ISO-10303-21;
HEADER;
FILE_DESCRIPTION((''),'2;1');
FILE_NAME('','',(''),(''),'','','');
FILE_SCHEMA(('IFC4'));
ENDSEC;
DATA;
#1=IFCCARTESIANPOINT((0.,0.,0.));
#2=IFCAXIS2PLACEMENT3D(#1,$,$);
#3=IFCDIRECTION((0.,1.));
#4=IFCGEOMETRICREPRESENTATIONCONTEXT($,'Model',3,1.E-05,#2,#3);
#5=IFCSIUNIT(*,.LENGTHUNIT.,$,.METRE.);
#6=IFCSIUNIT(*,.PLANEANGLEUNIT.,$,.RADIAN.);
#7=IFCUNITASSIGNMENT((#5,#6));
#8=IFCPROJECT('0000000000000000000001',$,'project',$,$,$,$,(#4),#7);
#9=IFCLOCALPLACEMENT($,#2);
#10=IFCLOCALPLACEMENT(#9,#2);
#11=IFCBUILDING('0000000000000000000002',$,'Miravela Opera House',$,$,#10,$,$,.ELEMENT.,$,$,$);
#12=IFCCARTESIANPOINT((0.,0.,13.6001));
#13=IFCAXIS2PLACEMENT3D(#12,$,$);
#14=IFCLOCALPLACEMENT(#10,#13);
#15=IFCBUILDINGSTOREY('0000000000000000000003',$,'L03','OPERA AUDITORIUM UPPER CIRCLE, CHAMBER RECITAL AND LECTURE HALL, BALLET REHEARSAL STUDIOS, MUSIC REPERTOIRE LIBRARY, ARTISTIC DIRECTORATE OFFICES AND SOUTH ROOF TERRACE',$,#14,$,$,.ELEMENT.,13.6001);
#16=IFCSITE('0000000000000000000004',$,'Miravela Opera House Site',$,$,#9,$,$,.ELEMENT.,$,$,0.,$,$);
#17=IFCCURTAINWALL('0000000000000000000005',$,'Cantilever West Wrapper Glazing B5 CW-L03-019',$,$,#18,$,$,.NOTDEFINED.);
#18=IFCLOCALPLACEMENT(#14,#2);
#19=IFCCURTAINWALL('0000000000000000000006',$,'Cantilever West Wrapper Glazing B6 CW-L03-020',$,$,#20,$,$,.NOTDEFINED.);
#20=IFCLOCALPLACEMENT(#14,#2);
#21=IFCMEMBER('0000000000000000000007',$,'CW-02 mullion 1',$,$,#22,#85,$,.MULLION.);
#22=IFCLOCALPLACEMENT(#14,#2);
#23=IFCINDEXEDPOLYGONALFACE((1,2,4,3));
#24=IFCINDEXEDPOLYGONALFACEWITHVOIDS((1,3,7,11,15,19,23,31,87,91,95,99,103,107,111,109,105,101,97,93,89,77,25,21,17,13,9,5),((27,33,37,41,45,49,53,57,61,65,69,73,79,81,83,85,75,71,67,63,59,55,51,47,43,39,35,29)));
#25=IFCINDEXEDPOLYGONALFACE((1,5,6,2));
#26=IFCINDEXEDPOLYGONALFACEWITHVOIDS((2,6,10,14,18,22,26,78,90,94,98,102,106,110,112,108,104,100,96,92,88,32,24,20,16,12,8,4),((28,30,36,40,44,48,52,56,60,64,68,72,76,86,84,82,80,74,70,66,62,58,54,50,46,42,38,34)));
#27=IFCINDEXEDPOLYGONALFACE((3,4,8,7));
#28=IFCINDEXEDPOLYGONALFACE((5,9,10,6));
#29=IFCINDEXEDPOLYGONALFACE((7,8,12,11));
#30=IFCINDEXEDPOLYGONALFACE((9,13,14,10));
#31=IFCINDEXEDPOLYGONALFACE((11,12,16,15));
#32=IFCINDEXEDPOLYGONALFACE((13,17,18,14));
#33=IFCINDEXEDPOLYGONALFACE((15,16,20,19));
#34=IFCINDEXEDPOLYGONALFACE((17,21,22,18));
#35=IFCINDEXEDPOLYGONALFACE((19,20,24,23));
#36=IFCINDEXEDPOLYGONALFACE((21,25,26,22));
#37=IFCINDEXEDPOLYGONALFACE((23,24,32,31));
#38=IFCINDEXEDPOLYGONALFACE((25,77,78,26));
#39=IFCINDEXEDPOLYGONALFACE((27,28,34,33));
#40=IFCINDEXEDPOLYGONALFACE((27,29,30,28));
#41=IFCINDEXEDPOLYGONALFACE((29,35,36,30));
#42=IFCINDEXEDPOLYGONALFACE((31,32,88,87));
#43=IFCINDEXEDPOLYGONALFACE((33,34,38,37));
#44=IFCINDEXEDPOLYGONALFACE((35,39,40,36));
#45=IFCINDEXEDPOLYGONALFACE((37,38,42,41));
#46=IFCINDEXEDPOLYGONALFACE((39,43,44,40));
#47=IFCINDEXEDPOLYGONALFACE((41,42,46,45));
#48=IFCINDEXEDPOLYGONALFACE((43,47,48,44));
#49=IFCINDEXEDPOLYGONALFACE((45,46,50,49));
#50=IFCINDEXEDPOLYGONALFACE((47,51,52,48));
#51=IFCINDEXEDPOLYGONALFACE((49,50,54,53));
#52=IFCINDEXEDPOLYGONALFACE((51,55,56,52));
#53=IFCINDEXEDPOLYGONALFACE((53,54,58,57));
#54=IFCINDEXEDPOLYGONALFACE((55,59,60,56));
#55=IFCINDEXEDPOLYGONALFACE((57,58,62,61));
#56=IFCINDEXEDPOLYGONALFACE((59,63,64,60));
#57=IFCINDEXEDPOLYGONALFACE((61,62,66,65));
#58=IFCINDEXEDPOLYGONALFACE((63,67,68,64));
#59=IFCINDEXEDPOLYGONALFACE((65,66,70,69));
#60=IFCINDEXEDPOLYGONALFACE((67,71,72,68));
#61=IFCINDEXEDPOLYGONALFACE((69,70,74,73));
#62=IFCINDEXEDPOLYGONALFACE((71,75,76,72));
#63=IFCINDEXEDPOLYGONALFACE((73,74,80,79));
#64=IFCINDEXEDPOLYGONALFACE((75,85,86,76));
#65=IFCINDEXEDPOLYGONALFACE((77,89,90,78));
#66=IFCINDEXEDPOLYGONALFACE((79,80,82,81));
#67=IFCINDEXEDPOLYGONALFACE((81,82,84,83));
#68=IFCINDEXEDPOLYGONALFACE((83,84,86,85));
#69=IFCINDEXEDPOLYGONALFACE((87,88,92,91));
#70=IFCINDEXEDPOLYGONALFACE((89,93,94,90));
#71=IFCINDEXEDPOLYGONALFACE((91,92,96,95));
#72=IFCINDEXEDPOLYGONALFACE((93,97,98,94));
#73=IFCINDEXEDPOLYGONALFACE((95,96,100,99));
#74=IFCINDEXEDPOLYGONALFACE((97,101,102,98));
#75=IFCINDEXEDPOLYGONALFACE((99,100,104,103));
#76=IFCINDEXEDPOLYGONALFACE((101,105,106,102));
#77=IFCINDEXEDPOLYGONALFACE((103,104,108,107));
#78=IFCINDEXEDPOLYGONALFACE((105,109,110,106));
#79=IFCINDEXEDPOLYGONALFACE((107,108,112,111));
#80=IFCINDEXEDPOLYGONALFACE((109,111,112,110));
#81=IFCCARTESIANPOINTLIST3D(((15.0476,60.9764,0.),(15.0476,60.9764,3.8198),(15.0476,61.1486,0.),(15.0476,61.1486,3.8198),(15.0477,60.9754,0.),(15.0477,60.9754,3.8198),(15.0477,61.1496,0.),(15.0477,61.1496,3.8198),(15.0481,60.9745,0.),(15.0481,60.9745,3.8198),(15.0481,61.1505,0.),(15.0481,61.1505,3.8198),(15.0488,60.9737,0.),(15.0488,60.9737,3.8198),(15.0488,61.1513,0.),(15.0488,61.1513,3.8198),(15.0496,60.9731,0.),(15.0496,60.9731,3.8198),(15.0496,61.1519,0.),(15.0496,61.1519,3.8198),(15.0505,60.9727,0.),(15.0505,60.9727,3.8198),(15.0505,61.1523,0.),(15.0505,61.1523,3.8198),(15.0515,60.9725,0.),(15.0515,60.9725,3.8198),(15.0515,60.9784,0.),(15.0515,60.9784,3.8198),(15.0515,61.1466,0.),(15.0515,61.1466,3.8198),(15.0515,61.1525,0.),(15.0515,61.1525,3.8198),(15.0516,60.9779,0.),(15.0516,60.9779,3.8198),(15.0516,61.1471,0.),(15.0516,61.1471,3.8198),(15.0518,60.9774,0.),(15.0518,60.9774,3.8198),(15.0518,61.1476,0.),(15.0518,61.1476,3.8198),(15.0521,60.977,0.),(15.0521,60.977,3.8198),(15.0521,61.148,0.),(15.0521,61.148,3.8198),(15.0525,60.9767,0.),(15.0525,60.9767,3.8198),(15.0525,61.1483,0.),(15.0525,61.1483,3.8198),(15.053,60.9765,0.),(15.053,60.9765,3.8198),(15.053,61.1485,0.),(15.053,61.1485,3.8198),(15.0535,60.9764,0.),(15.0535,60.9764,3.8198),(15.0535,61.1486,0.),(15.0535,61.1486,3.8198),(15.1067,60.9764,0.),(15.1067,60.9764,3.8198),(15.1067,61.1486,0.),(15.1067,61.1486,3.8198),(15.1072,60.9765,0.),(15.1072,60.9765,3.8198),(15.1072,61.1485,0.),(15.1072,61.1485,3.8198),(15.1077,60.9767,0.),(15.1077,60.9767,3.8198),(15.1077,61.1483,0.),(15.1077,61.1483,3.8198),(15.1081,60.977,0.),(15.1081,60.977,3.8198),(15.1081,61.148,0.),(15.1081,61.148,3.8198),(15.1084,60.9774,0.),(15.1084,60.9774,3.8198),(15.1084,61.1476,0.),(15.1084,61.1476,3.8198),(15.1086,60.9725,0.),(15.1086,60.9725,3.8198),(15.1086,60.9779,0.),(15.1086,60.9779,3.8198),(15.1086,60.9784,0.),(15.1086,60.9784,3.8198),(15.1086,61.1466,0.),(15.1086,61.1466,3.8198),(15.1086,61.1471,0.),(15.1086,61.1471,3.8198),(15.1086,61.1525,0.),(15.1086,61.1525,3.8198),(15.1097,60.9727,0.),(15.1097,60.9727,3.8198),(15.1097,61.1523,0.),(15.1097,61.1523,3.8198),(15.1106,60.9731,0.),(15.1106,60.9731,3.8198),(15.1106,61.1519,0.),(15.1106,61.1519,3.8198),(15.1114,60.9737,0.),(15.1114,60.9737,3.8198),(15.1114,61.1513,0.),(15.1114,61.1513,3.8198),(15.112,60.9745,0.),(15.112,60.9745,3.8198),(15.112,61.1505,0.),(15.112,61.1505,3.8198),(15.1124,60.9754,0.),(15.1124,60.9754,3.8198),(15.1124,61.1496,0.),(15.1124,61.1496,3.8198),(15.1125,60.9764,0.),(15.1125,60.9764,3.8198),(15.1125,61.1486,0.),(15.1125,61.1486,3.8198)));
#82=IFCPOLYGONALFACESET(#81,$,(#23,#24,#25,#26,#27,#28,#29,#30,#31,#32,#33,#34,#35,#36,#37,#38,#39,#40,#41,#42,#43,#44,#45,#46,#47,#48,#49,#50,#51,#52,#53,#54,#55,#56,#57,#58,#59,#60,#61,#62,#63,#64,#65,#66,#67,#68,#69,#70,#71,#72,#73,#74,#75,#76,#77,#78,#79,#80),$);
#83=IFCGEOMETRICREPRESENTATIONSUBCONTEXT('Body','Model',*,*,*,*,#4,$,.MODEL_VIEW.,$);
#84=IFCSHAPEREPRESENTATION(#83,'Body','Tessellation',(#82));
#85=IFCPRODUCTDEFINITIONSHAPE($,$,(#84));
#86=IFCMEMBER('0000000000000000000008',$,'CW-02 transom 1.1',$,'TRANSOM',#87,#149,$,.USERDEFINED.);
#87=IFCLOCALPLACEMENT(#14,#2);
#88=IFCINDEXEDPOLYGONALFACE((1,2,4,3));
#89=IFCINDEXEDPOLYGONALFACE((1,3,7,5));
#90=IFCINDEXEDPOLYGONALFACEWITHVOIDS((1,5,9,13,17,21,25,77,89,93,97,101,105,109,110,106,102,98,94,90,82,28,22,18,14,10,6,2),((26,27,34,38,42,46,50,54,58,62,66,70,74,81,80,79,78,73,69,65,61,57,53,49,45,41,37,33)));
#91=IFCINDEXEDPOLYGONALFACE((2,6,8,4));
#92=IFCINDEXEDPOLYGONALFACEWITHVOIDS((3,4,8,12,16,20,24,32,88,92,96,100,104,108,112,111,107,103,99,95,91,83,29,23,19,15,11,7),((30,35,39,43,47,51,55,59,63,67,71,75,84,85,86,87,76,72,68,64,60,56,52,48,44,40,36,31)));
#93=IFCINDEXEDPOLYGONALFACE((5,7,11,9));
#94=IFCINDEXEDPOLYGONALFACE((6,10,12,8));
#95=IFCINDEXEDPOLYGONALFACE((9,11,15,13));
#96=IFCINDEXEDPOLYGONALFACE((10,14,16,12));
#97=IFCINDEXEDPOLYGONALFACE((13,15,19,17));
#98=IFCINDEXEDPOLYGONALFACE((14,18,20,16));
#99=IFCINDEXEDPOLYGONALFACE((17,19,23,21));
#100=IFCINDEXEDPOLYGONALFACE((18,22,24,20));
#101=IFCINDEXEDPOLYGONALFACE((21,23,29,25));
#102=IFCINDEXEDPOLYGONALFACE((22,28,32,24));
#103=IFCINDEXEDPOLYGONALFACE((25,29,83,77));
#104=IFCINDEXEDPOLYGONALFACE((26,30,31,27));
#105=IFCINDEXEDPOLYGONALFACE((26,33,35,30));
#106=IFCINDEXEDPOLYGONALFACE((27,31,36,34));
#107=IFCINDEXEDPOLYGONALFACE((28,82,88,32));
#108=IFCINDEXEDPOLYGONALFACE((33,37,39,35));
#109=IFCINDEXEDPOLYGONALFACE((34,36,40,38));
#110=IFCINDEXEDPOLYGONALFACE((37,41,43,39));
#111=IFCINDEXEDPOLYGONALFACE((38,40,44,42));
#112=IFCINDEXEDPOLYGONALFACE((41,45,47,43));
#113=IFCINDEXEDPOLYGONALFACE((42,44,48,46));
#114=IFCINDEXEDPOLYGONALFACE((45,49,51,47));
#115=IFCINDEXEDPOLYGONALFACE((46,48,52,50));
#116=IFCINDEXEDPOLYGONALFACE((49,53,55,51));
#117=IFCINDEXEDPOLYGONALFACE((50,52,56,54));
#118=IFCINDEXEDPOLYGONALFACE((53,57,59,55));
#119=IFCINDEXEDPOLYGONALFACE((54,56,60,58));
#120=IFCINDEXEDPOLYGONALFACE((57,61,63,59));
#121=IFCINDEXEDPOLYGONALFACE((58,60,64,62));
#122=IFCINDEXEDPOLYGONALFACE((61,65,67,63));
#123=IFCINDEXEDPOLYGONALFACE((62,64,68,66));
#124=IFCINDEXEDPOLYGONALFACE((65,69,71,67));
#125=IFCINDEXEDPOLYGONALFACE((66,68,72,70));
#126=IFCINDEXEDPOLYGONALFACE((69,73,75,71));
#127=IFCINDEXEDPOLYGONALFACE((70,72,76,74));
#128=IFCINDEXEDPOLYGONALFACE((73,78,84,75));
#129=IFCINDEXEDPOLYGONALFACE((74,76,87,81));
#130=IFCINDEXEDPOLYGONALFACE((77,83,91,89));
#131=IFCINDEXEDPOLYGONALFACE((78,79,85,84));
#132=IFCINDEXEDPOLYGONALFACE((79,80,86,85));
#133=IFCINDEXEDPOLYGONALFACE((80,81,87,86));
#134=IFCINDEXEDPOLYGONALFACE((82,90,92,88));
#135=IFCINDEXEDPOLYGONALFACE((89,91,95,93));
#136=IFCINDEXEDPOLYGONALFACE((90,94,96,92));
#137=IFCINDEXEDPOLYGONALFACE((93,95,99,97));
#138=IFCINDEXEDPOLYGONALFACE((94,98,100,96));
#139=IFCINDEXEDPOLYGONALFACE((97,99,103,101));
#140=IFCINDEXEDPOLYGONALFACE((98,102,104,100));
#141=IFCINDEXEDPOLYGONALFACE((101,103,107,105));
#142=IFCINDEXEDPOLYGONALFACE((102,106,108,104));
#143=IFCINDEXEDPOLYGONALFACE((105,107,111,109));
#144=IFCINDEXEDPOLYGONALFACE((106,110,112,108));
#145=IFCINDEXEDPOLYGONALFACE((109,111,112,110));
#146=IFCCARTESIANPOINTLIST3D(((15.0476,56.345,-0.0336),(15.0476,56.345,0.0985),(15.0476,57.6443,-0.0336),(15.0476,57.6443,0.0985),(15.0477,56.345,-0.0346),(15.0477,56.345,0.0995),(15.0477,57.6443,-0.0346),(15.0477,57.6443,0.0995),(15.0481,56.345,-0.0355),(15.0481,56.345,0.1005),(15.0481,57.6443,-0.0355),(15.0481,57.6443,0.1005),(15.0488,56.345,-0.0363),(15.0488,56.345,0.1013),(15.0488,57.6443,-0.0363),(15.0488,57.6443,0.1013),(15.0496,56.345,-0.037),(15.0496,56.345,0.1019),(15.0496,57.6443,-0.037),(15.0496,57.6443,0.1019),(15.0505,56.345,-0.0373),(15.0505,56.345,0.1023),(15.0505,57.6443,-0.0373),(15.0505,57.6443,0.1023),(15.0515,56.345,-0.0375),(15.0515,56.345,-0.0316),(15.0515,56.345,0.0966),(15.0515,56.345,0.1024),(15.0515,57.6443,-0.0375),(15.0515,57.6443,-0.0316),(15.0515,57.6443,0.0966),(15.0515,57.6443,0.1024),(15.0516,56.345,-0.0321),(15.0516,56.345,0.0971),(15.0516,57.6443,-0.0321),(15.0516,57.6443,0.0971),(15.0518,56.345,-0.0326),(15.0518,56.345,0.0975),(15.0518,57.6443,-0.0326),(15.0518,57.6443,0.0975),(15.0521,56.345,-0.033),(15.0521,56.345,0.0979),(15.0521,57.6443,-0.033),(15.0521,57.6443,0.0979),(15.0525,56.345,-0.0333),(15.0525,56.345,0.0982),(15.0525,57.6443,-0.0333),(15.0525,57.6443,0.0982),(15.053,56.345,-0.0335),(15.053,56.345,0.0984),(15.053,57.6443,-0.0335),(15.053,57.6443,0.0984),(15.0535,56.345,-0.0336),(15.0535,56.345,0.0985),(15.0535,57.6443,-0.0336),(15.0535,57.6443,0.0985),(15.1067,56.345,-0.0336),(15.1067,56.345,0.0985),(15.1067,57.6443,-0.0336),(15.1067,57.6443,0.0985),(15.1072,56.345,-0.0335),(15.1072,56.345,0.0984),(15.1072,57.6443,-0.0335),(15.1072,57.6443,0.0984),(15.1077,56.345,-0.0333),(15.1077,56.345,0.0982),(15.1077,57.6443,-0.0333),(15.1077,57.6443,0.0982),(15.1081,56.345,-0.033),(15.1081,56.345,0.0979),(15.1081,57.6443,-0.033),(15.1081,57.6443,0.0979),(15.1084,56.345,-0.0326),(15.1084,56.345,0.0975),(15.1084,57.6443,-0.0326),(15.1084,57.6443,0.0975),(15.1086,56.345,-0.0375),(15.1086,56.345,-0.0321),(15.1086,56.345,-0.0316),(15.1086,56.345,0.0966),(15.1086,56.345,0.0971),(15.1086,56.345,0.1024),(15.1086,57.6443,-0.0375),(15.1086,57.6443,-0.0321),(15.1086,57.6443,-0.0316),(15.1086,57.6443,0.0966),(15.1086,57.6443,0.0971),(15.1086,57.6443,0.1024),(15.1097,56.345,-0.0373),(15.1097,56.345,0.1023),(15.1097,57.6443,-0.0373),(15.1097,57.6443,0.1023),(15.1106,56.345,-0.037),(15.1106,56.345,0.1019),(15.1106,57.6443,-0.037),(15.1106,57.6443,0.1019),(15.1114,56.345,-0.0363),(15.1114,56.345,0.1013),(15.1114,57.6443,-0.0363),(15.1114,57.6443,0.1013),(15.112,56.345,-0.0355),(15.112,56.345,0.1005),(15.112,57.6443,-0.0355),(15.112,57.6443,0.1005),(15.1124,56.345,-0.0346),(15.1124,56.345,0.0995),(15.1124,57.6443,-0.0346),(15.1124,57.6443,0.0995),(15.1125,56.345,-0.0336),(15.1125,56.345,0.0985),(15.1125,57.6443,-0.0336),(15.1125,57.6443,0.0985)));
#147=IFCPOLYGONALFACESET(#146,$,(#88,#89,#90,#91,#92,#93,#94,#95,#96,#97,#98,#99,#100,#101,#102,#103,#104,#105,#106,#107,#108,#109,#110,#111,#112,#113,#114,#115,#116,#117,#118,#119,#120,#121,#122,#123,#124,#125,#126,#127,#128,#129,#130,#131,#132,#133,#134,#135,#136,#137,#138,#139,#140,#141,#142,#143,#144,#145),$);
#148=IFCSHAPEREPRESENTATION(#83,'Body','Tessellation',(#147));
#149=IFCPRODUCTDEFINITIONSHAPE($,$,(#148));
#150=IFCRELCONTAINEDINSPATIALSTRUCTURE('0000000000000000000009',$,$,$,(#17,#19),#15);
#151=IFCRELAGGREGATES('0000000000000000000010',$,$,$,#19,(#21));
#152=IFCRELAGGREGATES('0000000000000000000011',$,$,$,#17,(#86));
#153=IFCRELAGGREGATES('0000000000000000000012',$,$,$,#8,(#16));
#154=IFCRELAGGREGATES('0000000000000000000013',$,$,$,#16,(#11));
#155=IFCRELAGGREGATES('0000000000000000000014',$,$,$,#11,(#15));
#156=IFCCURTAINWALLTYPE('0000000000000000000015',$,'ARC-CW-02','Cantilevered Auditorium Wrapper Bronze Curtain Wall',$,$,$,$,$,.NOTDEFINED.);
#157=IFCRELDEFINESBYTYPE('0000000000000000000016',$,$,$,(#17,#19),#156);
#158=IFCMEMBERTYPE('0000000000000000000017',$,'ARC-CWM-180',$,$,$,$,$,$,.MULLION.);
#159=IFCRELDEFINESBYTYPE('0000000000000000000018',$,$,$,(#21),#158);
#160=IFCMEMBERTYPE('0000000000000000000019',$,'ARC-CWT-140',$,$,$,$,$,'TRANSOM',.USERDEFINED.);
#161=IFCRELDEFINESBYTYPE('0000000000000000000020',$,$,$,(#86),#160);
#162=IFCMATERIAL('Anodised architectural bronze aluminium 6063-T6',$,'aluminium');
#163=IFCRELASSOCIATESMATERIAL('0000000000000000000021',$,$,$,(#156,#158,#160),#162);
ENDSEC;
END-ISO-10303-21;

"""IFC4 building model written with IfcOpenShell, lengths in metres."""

from ifc_helpers import new_model, si_unit, direction, frame, origin, origin_2d, place, context, subcontext, project, spatial, hollow_rectangle, extrude, material, material_profile, profile_set, type_object, element, aggregate, save


model = new_model("IFC4")

# Units and contexts
model_context = context("Model", 3, precision=1e-05, world=origin(), true_north=direction((0.0, 1.0)))
body_context = subcontext(model_context, "Body", "Model", "MODEL_VIEW")
ifc_project = project(units=[si_unit("LENGTHUNIT", "METRE"), si_unit("PLANEANGLEUNIT", "RADIAN")], contexts=[model_context])

# Site, building, storey
site_placement = place(None, origin())
site = spatial("IfcSite", under=ifc_project, at=site_placement, Name="Miravela Opera House Site", CompositionType="ELEMENT", RefElevation=0.0)
building_placement = place(site_placement, origin())
building = spatial("IfcBuilding", under=site, at=building_placement, Name="Miravela Opera House", CompositionType="ELEMENT")
storey_placement = place(building_placement, frame((0.0, 0.0, 13.6001)))
storey = spatial("IfcBuildingStorey", under=building, at=storey_placement, Name="L03", Description="OPERA AUDITORIUM UPPER CIRCLE, CHAMBER RECITAL AND LECTURE HALL, BALLET REHEARSAL STUDIOS, MUSIC REPERTOIRE LIBRARY, ARTISTIC DIRECTORATE OFFICES AND SOUTH ROOF TERRACE", CompositionType="ELEMENT", Elevation=13.6001)

# Curtain wall
ifc_material_1 = material(Name="Anodised architectural bronze aluminium 6063-T6", Category="aluminium")
curtain_wall_type = type_object("IfcCurtainWallType", Name="ARC-CW-02", Description="Cantilevered Auditorium Wrapper Bronze Curtain Wall", PredefinedType="NOTDEFINED", material=ifc_material_1)
curtain_wall_1_placement = place(storey_placement, origin())
curtain_wall_1 = element("IfcCurtainWall", 1, at=curtain_wall_1_placement, inside=storey, type_object=curtain_wall_type, Name="Cantilever West Wrapper Glazing B5 CW-L03-019", PredefinedType="NOTDEFINED")
ifc_material_profile_1 = material_profile(ifc_material_1, hollow_rectangle(XDim=0.0649, YDim=0.1799, WallThickness=0.0039, InnerFilletRadius=0.002, OuterFilletRadius=0.0039, at=origin_2d()), Name="CWM-65X180")
ifc_profile_set_1 = profile_set([ifc_material_profile_1])
member_type_1 = type_object("IfcMemberType", Name="ARC-CWM-180", PredefinedType="MULLION", material=ifc_profile_set_1)

# Curtain wall, member
curtain_wall_2_placement = place(storey_placement, origin())
curtain_wall_2 = element("IfcCurtainWall", 2, at=curtain_wall_2_placement, inside=storey, type_object=curtain_wall_type, Name="Cantilever West Wrapper Glazing B6 CW-L03-020", PredefinedType="NOTDEFINED")
member_1_placement = place(storey_placement, frame((15.0801, 61.0625, 0.0), z_axis=(0.0, 0.0, 1.0), x_axis=(-1.0, 0.0, 0.0)))
member_1 = element("IfcMember", 3, at=member_1_placement, type_object=member_type_1, Name="CW-02 mullion 1", PredefinedType="MULLION", context=body_context, shape_type="SweptSolid", body=[
    extrude(hollow_rectangle(XDim=0.0649, YDim=0.1799, WallThickness=0.0039, InnerFilletRadius=0.002, OuterFilletRadius=0.0039, at=origin_2d()), origin(), (0.0, 0.0, 1.0), 3.8198),
])

# Member
ifc_material_profile_2 = material_profile(ifc_material_1, hollow_rectangle(XDim=0.0649, YDim=0.1399, WallThickness=0.0039, InnerFilletRadius=0.002, OuterFilletRadius=0.0039, at=origin_2d()), Name="CWT-65X140")
ifc_profile_set_2 = profile_set([ifc_material_profile_2])
member_type_2 = type_object("IfcMemberType", Name="ARC-CWT-140", ElementType="TRANSOM", PredefinedType="USERDEFINED", material=ifc_profile_set_2)
member_2_placement = place(storey_placement, frame((15.0801, 56.345, 0.0325), z_axis=(0.0, 1.0, 0.0), x_axis=(-1.0, 0.0, 0.0)))
member_2 = element("IfcMember", 4, at=member_2_placement, type_object=member_type_2, Name="CW-02 transom 1.1", ObjectType="TRANSOM", PredefinedType="USERDEFINED", context=body_context, shape_type="SweptSolid", body=[
    extrude(hollow_rectangle(XDim=0.0649, YDim=0.1399, WallThickness=0.0039, InnerFilletRadius=0.002, OuterFilletRadius=0.0039, at=origin_2d()), origin(), (0.0, 0.0, 1.0), 1.2993),
])
aggregate(curtain_wall_2, [member_1])

aggregate(curtain_wall_1, [member_2])

save(model, "model.ifc")
